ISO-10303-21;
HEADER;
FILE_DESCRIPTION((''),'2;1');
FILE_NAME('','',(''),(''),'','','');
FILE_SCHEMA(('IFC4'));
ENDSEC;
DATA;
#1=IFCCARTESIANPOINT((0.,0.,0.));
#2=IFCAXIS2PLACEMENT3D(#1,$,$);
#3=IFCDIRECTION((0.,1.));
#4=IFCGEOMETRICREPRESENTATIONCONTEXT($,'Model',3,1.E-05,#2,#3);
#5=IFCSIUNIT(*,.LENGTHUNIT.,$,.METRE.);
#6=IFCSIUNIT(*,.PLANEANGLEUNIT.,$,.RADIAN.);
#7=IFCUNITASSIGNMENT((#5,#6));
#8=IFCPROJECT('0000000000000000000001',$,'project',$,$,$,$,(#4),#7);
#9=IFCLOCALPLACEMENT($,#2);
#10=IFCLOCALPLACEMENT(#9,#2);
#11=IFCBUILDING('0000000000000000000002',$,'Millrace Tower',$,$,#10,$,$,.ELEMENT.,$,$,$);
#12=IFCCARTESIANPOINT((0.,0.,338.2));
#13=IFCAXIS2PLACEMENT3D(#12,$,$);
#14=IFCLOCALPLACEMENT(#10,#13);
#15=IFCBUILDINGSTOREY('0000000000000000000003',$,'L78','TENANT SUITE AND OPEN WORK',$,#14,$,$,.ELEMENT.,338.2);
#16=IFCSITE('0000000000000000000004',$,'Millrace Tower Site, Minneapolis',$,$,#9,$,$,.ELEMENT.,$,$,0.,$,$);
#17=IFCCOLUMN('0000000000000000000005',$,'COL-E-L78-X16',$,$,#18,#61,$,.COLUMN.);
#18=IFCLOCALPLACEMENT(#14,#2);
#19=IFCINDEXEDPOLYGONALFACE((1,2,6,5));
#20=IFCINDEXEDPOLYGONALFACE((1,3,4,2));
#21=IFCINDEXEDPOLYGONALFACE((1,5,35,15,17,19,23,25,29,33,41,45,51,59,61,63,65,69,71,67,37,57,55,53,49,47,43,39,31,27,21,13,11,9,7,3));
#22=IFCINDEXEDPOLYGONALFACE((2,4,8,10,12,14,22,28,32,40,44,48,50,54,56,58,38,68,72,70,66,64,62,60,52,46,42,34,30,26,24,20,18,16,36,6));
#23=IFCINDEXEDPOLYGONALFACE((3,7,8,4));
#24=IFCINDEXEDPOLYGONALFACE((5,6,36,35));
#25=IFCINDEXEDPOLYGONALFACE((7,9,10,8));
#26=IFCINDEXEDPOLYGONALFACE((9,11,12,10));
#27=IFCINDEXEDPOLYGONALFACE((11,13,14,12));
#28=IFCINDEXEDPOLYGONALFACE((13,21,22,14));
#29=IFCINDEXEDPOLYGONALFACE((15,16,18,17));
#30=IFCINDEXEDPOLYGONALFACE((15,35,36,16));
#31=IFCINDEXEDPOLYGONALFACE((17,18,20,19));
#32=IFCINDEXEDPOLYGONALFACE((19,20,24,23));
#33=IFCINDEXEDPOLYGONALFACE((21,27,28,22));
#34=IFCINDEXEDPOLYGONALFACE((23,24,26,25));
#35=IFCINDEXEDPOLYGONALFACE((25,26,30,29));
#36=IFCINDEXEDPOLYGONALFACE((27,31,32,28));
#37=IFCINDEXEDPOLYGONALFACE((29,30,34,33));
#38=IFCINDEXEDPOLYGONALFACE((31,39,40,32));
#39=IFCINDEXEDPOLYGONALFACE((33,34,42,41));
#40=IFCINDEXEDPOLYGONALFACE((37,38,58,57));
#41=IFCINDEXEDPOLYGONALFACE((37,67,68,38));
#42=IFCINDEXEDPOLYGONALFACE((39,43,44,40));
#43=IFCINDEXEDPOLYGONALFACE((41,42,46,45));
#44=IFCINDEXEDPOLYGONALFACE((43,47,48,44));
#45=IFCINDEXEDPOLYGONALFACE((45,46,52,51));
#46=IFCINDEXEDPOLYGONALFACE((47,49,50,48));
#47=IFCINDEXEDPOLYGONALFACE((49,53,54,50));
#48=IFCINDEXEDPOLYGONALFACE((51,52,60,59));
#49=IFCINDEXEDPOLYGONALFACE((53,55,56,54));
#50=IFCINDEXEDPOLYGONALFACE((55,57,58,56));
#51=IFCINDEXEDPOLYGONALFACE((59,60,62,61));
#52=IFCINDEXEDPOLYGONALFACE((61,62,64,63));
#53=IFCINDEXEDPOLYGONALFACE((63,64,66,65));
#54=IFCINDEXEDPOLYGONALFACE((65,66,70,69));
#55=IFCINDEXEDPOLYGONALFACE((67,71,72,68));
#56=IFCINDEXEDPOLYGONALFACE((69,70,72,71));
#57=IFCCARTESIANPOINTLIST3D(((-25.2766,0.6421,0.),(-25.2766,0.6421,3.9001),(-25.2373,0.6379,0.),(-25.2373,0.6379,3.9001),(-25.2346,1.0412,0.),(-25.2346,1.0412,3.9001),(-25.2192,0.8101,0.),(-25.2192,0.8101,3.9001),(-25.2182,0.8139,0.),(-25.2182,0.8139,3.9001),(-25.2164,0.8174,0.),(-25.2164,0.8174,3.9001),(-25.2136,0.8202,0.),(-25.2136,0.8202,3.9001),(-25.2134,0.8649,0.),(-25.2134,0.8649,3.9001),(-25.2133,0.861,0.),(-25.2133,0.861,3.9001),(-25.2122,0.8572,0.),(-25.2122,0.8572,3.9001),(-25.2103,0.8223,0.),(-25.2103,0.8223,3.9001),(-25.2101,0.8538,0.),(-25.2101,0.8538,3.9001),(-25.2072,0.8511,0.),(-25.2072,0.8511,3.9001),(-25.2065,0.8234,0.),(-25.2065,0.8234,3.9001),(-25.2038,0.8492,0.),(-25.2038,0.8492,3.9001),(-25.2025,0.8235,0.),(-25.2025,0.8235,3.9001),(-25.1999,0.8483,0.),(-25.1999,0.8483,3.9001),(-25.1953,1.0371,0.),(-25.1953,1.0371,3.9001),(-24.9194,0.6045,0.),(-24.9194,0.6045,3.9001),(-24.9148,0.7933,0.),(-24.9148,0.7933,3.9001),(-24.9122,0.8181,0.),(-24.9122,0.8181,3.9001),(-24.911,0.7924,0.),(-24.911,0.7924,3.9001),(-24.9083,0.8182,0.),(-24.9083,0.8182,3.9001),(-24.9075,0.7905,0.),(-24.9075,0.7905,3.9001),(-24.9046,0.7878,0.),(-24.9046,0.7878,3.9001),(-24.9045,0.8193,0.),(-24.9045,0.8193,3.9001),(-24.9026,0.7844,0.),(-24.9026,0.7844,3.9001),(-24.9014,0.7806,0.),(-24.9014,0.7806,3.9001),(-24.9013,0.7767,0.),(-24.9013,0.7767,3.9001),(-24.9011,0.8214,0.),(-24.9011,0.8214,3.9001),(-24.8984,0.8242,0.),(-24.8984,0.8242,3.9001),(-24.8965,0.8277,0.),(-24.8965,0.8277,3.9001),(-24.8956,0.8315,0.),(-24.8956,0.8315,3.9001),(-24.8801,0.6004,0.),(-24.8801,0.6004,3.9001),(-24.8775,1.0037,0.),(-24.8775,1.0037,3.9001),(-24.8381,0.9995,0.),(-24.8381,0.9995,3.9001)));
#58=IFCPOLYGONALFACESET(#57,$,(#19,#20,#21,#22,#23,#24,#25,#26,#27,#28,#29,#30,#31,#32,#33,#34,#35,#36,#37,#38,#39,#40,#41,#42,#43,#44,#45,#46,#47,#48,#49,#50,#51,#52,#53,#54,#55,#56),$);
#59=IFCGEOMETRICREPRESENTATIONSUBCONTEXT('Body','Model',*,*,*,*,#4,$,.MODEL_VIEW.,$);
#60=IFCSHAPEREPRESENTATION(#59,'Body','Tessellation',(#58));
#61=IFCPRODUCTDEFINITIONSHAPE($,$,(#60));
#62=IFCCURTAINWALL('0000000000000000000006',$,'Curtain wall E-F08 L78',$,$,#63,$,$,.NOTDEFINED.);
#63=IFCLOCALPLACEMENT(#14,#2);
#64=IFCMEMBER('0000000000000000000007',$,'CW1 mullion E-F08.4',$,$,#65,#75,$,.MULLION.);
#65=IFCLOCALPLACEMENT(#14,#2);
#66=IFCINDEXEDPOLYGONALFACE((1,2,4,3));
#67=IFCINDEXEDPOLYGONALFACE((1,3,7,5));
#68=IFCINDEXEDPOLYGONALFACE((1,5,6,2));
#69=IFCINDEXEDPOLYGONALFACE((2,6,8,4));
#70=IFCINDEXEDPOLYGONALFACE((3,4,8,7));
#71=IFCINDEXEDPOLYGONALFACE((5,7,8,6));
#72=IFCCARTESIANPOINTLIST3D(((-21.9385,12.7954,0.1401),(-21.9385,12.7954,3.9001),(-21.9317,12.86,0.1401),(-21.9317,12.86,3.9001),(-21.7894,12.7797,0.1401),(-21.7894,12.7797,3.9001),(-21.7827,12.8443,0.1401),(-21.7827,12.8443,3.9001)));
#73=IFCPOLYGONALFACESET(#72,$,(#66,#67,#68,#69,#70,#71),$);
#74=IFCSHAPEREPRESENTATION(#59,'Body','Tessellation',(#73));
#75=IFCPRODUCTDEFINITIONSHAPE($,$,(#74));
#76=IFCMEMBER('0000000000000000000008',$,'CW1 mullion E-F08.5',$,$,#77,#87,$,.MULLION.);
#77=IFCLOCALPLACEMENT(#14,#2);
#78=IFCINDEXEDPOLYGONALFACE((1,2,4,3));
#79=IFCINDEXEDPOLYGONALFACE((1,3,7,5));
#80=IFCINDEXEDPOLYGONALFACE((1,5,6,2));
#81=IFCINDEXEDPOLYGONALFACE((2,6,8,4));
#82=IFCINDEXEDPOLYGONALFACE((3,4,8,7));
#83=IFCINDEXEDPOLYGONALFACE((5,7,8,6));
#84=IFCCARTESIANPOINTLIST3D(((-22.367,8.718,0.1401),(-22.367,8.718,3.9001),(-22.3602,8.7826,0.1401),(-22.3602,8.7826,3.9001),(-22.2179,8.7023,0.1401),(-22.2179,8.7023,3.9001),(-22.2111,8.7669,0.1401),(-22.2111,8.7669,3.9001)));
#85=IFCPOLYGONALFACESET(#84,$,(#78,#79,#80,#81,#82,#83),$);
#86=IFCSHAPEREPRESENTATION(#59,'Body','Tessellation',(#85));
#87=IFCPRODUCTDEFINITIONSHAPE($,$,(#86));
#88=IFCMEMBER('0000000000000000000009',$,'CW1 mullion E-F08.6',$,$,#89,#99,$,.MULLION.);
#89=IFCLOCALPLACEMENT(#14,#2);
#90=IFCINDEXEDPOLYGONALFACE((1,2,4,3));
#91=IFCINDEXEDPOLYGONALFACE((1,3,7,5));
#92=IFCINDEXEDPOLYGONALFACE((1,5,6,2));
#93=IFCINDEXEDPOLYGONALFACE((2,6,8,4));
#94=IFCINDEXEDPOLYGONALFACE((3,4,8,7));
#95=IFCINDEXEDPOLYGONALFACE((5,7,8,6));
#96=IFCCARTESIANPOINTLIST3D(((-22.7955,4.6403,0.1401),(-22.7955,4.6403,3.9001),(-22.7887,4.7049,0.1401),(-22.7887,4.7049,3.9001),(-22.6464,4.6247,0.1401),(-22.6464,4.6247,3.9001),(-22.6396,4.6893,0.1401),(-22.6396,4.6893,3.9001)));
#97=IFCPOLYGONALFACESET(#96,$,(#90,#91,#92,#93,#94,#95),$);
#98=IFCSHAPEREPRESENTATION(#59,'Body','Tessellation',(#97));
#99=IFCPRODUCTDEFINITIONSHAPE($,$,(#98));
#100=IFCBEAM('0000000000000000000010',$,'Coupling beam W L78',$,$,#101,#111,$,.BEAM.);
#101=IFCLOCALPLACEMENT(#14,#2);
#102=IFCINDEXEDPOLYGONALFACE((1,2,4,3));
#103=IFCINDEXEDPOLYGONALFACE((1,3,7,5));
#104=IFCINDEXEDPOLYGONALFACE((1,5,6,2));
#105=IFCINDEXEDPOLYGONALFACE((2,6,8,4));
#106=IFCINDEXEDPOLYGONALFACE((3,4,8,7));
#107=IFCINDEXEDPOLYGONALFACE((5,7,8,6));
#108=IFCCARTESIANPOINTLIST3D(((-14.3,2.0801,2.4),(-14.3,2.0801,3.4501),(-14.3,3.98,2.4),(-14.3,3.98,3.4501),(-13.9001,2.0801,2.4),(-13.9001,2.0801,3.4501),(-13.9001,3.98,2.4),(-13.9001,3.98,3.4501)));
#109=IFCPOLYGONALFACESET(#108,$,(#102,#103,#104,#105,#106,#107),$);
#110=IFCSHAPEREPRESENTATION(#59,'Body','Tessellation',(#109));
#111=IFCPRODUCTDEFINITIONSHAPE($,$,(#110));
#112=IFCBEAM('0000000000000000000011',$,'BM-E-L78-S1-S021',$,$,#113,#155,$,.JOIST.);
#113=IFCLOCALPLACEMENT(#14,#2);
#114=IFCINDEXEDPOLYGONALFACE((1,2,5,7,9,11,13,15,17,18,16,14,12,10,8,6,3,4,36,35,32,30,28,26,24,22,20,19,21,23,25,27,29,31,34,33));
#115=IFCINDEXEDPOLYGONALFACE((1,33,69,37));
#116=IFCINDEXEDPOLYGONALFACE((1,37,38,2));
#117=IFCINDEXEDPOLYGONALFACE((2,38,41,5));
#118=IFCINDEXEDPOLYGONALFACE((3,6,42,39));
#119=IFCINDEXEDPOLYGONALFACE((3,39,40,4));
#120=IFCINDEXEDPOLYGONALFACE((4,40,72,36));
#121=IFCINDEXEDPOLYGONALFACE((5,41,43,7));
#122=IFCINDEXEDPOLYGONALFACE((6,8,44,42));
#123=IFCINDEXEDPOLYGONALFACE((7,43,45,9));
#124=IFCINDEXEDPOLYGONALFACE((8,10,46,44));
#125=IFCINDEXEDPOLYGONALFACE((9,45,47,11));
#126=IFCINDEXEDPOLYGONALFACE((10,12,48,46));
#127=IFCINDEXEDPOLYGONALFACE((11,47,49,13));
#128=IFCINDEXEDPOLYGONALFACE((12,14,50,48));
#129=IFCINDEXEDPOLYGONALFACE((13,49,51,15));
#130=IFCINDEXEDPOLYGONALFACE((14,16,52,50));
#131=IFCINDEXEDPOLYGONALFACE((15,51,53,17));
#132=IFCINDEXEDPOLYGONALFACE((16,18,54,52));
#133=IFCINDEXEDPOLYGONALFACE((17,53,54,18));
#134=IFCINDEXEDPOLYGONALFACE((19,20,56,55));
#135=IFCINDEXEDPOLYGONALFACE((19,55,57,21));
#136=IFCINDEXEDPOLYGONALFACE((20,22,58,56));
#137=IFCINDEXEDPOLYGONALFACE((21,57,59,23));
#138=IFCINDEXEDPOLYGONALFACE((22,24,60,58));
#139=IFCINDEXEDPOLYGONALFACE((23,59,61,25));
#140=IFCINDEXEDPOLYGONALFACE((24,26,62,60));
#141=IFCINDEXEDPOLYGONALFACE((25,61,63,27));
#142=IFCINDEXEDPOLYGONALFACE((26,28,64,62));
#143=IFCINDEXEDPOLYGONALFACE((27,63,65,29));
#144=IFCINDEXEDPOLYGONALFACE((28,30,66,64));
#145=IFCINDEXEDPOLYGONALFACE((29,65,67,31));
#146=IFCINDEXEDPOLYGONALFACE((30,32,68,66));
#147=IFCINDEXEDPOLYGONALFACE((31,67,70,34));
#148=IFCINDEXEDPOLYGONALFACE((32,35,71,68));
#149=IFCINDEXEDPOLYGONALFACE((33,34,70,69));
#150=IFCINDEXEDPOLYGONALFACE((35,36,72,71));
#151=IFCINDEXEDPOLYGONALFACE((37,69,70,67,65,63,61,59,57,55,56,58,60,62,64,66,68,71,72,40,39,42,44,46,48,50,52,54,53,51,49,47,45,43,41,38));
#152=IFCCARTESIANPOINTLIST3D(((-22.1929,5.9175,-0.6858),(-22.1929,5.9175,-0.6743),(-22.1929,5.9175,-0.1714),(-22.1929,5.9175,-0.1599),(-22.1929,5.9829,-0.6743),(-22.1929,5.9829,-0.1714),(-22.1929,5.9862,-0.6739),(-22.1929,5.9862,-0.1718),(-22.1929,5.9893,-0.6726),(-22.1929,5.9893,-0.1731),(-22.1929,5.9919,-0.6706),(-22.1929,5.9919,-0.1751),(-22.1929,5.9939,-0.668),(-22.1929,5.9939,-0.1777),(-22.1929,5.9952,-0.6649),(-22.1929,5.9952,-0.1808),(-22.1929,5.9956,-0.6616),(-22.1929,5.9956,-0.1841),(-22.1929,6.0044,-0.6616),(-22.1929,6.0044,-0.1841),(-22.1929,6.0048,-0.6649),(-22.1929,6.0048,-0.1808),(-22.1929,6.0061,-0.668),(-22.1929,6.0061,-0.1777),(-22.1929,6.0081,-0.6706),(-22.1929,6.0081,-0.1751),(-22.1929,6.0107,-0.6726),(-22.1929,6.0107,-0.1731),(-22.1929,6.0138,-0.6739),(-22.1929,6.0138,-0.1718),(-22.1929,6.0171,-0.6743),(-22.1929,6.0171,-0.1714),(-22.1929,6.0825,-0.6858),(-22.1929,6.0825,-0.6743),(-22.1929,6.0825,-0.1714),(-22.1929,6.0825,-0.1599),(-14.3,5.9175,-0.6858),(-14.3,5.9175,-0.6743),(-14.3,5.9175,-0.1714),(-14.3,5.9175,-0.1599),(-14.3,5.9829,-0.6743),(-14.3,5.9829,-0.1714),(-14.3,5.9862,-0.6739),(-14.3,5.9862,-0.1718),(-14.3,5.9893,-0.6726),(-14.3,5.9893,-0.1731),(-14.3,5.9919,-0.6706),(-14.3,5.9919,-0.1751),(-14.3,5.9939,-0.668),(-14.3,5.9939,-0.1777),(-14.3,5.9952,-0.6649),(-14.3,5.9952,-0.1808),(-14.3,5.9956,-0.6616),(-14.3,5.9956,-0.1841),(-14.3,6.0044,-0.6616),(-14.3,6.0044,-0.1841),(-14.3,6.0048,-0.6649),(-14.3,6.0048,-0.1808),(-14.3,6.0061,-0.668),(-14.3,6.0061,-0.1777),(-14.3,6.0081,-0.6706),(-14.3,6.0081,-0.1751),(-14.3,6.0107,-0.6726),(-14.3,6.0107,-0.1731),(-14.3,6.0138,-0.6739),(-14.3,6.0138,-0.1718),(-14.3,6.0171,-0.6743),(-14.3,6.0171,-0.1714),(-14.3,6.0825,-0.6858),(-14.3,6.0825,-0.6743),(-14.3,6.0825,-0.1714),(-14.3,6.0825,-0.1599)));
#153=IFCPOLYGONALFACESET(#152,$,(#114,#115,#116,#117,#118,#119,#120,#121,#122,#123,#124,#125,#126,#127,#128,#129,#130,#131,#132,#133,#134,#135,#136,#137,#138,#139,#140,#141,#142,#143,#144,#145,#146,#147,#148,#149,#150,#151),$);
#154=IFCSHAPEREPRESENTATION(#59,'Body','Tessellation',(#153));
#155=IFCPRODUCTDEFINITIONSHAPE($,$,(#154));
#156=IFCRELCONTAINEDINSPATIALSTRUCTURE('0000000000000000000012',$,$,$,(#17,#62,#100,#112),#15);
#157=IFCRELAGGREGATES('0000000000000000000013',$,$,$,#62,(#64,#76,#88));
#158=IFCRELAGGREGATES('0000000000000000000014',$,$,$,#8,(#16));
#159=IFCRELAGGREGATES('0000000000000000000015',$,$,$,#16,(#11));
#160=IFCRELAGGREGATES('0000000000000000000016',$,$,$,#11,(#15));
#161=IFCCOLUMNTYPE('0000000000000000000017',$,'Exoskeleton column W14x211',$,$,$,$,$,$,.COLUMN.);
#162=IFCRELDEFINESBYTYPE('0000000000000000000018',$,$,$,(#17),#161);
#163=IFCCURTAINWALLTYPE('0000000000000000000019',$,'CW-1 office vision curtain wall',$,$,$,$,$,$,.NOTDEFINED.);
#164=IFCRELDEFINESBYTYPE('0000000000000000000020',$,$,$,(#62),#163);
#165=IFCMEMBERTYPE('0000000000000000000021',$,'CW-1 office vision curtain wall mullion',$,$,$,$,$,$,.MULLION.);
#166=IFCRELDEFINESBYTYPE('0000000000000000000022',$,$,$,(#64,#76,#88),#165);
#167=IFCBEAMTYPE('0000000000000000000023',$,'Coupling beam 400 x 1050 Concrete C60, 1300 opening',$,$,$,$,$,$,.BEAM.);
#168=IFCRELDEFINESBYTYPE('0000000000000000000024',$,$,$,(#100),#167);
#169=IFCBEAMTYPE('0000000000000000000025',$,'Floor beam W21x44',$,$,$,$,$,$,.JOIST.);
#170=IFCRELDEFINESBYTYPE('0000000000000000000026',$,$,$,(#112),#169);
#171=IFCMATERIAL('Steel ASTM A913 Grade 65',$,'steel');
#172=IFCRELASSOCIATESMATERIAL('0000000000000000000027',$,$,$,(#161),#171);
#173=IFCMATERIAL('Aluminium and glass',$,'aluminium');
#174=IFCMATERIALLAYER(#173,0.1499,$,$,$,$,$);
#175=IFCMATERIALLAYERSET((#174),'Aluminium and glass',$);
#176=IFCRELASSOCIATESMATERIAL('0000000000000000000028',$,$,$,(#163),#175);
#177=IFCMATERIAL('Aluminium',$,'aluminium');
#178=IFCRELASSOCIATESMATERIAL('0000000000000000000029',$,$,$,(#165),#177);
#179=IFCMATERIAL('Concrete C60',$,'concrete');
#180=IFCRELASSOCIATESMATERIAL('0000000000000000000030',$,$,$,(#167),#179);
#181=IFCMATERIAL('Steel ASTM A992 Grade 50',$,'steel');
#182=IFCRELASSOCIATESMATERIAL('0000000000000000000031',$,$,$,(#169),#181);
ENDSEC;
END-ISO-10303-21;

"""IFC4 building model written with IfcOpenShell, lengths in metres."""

from ifc_helpers import new_model, si_unit, direction, frame, origin, origin_2d, place, context, subcontext, project, spatial, rectangle, i_section, extrude, material, layer, layer_set, material_profile, profile_set, type_object, element, aggregate, save


model = new_model("IFC4")

# Units and contexts
model_context = context("Model", 3, precision=1e-05, world=origin(), true_north=direction((0.0, 1.0)))
body_context = subcontext(model_context, "Body", "Model", "MODEL_VIEW")
ifc_project = project(units=[si_unit("LENGTHUNIT", "METRE"), si_unit("PLANEANGLEUNIT", "RADIAN")], contexts=[model_context])

# Site, building, storey
site_placement = place(None, origin())
site = spatial("IfcSite", under=ifc_project, at=site_placement, Name="Millrace Tower Site, Minneapolis", CompositionType="ELEMENT", RefElevation=0.0)
building_placement = place(site_placement, origin())
building = spatial("IfcBuilding", under=site, at=building_placement, Name="Millrace Tower", CompositionType="ELEMENT")
storey_placement = place(building_placement, frame((0.0, 0.0, 338.2)))
storey = spatial("IfcBuildingStorey", under=building, at=storey_placement, Name="L78", Description="TENANT SUITE AND OPEN WORK", CompositionType="ELEMENT", Elevation=338.2)

# Column
ifc_material_1 = material(Name="Steel ASTM A913 Grade 65", Category="steel")
ifc_material_profile_1 = material_profile(ifc_material_1, i_section(OverallWidth=0.4014, OverallDepth=0.3987, WebThickness=0.0249, FlangeThickness=0.0396, FilletRadius=0.0151, at=origin_2d()))
ifc_profile_set_1 = profile_set([ifc_material_profile_1], Name="Steel ASTM A913 Grade 65")
column_type = type_object("IfcColumnType", Name="Exoskeleton column W14x211", PredefinedType="COLUMN", material=ifc_profile_set_1)
column_placement = place(storey_placement, frame((-25.0574, 0.8208, 0.0), z_axis=(0.0, 0.0, 1.0), x_axis=(-0.104528, -0.994522, 0.0)))
element("IfcColumn", 1, at=column_placement, inside=storey, type_object=column_type, Name="COL-E-L78-X16", PredefinedType="COLUMN", context=body_context, shape_type="SweptSolid", body=[
    extrude(i_section(OverallWidth=0.4014, OverallDepth=0.3987, WebThickness=0.0249, FlangeThickness=0.0396, FilletRadius=0.0151, at=origin_2d()), origin(), (0.0, 0.0, 1.0), 3.9001),
])

# Curtain wall, members
ifc_material_2 = material(Name="Aluminium and glass", Category="aluminium")
ifc_layer_1 = layer(ifc_material_2, 0.1499)
ifc_layer_set_1 = layer_set([ifc_layer_1], Name="Aluminium and glass")
curtain_wall_type = type_object("IfcCurtainWallType", Name="CW-1 office vision curtain wall", PredefinedType="NOTDEFINED", material=ifc_layer_set_1)
curtain_wall_placement = place(storey_placement, origin())
curtain_wall = element("IfcCurtainWall", 2, at=curtain_wall_placement, inside=storey, type_object=curtain_wall_type, Name="Curtain wall E-F08 L78", PredefinedType="NOTDEFINED")
ifc_material_3 = material(Name="Aluminium", Category="aluminium")
ifc_material_profile_2 = material_profile(ifc_material_3, rectangle(XDim=0.0649, YDim=0.1499, at=origin_2d()))
ifc_profile_set_2 = profile_set([ifc_material_profile_2], Name="Aluminium")
member_type = type_object("IfcMemberType", Name="CW-1 office vision curtain wall mullion", PredefinedType="MULLION", material=ifc_profile_set_2)
member_1_placement = place(storey_placement, frame((-21.8606, 12.8198, 0.1401), z_axis=(0.0, 0.0, 1.0), x_axis=(-0.104528, -0.994522, 0.0)))
member_1 = element("IfcMember", 3, at=member_1_placement, type_object=member_type, Name="CW1 mullion E-F08.4", PredefinedType="MULLION", context=body_context, shape_type="SweptSolid", body=[
    extrude(rectangle(XDim=0.0649, YDim=0.1499, at=origin_2d()), origin(), (0.0, 0.0, 1.0), 3.76),
])
member_2_placement = place(storey_placement, frame((-22.2891, 8.7424, 0.1401), z_axis=(0.0, 0.0, 1.0), x_axis=(-0.104528, -0.994522, 0.0)))
member_2 = element("IfcMember", 4, at=member_2_placement, type_object=member_type, Name="CW1 mullion E-F08.5", PredefinedType="MULLION", context=body_context, shape_type="SweptSolid", body=[
    extrude(rectangle(XDim=0.0649, YDim=0.1499, at=origin_2d()), origin(), (0.0, 0.0, 1.0), 3.76),
])
member_3_placement = place(storey_placement, frame((-22.7175, 4.6648, 0.1401), z_axis=(0.0, 0.0, 1.0), x_axis=(-0.104528, -0.994522, 0.0)))
member_3 = element("IfcMember", 5, at=member_3_placement, type_object=member_type, Name="CW1 mullion E-F08.6", PredefinedType="MULLION", context=body_context, shape_type="SweptSolid", body=[
    extrude(rectangle(XDim=0.0649, YDim=0.1499, at=origin_2d()), origin(), (0.0, 0.0, 1.0), 3.76),
])
aggregate(curtain_wall, [member_1, member_2, member_3])

# Beams
ifc_material_4 = material(Name="Concrete C60", Category="concrete")
ifc_material_profile_3 = material_profile(ifc_material_4, rectangle(XDim=0.3999, YDim=1.05, at=origin_2d()))
ifc_profile_set_3 = profile_set([ifc_material_profile_3], Name="Concrete C60")
beam_type_1 = type_object("IfcBeamType", Name="Coupling beam 400 x 1050 Concrete C60, 1300 opening", PredefinedType="BEAM", material=ifc_profile_set_3)
beam_1_placement = place(storey_placement, frame((-14.1001, 2.0801, 2.925), z_axis=(0.0, 1.0, 0.0), x_axis=(-1.0, 0.0, 0.0)))
element("IfcBeam", 6, at=beam_1_placement, inside=storey, type_object=beam_type_1, Name="Coupling beam W L78", PredefinedType="BEAM", context=body_context, shape_type="SweptSolid", body=[
    extrude(rectangle(XDim=0.3999, YDim=1.05, at=origin_2d()), origin(), (0.0, 0.0, 1.0), 1.8999),
])
ifc_material_5 = material(Name="Steel ASTM A992 Grade 50", Category="steel")
ifc_material_profile_4 = material_profile(ifc_material_5, i_section(OverallWidth=0.165, OverallDepth=0.5259, WebThickness=0.0088, FlangeThickness=0.0115, FilletRadius=0.0127, at=origin_2d()))
ifc_profile_set_4 = profile_set([ifc_material_profile_4], Name="Steel ASTM A992 Grade 50")
beam_type_2 = type_object("IfcBeamType", Name="Floor beam W21x44", PredefinedType="JOIST", material=ifc_profile_set_4)
beam_2_placement = place(storey_placement, frame((-22.1929, 6.0, -0.4229), z_axis=(1.0, 0.0, 0.0), x_axis=(0.0, 1.0, 0.0)))
element("IfcBeam", 7, at=beam_2_placement, inside=storey, type_object=beam_type_2, Name="BM-E-L78-S1-S021", PredefinedType="JOIST", context=body_context, shape_type="SweptSolid", body=[
    extrude(i_section(OverallWidth=0.165, OverallDepth=0.5259, WebThickness=0.0088, FlangeThickness=0.0115, FilletRadius=0.0127, at=origin_2d()), origin(), (0.0, 0.0, 1.0), 7.8928),
])

save(model, "model.ifc")
